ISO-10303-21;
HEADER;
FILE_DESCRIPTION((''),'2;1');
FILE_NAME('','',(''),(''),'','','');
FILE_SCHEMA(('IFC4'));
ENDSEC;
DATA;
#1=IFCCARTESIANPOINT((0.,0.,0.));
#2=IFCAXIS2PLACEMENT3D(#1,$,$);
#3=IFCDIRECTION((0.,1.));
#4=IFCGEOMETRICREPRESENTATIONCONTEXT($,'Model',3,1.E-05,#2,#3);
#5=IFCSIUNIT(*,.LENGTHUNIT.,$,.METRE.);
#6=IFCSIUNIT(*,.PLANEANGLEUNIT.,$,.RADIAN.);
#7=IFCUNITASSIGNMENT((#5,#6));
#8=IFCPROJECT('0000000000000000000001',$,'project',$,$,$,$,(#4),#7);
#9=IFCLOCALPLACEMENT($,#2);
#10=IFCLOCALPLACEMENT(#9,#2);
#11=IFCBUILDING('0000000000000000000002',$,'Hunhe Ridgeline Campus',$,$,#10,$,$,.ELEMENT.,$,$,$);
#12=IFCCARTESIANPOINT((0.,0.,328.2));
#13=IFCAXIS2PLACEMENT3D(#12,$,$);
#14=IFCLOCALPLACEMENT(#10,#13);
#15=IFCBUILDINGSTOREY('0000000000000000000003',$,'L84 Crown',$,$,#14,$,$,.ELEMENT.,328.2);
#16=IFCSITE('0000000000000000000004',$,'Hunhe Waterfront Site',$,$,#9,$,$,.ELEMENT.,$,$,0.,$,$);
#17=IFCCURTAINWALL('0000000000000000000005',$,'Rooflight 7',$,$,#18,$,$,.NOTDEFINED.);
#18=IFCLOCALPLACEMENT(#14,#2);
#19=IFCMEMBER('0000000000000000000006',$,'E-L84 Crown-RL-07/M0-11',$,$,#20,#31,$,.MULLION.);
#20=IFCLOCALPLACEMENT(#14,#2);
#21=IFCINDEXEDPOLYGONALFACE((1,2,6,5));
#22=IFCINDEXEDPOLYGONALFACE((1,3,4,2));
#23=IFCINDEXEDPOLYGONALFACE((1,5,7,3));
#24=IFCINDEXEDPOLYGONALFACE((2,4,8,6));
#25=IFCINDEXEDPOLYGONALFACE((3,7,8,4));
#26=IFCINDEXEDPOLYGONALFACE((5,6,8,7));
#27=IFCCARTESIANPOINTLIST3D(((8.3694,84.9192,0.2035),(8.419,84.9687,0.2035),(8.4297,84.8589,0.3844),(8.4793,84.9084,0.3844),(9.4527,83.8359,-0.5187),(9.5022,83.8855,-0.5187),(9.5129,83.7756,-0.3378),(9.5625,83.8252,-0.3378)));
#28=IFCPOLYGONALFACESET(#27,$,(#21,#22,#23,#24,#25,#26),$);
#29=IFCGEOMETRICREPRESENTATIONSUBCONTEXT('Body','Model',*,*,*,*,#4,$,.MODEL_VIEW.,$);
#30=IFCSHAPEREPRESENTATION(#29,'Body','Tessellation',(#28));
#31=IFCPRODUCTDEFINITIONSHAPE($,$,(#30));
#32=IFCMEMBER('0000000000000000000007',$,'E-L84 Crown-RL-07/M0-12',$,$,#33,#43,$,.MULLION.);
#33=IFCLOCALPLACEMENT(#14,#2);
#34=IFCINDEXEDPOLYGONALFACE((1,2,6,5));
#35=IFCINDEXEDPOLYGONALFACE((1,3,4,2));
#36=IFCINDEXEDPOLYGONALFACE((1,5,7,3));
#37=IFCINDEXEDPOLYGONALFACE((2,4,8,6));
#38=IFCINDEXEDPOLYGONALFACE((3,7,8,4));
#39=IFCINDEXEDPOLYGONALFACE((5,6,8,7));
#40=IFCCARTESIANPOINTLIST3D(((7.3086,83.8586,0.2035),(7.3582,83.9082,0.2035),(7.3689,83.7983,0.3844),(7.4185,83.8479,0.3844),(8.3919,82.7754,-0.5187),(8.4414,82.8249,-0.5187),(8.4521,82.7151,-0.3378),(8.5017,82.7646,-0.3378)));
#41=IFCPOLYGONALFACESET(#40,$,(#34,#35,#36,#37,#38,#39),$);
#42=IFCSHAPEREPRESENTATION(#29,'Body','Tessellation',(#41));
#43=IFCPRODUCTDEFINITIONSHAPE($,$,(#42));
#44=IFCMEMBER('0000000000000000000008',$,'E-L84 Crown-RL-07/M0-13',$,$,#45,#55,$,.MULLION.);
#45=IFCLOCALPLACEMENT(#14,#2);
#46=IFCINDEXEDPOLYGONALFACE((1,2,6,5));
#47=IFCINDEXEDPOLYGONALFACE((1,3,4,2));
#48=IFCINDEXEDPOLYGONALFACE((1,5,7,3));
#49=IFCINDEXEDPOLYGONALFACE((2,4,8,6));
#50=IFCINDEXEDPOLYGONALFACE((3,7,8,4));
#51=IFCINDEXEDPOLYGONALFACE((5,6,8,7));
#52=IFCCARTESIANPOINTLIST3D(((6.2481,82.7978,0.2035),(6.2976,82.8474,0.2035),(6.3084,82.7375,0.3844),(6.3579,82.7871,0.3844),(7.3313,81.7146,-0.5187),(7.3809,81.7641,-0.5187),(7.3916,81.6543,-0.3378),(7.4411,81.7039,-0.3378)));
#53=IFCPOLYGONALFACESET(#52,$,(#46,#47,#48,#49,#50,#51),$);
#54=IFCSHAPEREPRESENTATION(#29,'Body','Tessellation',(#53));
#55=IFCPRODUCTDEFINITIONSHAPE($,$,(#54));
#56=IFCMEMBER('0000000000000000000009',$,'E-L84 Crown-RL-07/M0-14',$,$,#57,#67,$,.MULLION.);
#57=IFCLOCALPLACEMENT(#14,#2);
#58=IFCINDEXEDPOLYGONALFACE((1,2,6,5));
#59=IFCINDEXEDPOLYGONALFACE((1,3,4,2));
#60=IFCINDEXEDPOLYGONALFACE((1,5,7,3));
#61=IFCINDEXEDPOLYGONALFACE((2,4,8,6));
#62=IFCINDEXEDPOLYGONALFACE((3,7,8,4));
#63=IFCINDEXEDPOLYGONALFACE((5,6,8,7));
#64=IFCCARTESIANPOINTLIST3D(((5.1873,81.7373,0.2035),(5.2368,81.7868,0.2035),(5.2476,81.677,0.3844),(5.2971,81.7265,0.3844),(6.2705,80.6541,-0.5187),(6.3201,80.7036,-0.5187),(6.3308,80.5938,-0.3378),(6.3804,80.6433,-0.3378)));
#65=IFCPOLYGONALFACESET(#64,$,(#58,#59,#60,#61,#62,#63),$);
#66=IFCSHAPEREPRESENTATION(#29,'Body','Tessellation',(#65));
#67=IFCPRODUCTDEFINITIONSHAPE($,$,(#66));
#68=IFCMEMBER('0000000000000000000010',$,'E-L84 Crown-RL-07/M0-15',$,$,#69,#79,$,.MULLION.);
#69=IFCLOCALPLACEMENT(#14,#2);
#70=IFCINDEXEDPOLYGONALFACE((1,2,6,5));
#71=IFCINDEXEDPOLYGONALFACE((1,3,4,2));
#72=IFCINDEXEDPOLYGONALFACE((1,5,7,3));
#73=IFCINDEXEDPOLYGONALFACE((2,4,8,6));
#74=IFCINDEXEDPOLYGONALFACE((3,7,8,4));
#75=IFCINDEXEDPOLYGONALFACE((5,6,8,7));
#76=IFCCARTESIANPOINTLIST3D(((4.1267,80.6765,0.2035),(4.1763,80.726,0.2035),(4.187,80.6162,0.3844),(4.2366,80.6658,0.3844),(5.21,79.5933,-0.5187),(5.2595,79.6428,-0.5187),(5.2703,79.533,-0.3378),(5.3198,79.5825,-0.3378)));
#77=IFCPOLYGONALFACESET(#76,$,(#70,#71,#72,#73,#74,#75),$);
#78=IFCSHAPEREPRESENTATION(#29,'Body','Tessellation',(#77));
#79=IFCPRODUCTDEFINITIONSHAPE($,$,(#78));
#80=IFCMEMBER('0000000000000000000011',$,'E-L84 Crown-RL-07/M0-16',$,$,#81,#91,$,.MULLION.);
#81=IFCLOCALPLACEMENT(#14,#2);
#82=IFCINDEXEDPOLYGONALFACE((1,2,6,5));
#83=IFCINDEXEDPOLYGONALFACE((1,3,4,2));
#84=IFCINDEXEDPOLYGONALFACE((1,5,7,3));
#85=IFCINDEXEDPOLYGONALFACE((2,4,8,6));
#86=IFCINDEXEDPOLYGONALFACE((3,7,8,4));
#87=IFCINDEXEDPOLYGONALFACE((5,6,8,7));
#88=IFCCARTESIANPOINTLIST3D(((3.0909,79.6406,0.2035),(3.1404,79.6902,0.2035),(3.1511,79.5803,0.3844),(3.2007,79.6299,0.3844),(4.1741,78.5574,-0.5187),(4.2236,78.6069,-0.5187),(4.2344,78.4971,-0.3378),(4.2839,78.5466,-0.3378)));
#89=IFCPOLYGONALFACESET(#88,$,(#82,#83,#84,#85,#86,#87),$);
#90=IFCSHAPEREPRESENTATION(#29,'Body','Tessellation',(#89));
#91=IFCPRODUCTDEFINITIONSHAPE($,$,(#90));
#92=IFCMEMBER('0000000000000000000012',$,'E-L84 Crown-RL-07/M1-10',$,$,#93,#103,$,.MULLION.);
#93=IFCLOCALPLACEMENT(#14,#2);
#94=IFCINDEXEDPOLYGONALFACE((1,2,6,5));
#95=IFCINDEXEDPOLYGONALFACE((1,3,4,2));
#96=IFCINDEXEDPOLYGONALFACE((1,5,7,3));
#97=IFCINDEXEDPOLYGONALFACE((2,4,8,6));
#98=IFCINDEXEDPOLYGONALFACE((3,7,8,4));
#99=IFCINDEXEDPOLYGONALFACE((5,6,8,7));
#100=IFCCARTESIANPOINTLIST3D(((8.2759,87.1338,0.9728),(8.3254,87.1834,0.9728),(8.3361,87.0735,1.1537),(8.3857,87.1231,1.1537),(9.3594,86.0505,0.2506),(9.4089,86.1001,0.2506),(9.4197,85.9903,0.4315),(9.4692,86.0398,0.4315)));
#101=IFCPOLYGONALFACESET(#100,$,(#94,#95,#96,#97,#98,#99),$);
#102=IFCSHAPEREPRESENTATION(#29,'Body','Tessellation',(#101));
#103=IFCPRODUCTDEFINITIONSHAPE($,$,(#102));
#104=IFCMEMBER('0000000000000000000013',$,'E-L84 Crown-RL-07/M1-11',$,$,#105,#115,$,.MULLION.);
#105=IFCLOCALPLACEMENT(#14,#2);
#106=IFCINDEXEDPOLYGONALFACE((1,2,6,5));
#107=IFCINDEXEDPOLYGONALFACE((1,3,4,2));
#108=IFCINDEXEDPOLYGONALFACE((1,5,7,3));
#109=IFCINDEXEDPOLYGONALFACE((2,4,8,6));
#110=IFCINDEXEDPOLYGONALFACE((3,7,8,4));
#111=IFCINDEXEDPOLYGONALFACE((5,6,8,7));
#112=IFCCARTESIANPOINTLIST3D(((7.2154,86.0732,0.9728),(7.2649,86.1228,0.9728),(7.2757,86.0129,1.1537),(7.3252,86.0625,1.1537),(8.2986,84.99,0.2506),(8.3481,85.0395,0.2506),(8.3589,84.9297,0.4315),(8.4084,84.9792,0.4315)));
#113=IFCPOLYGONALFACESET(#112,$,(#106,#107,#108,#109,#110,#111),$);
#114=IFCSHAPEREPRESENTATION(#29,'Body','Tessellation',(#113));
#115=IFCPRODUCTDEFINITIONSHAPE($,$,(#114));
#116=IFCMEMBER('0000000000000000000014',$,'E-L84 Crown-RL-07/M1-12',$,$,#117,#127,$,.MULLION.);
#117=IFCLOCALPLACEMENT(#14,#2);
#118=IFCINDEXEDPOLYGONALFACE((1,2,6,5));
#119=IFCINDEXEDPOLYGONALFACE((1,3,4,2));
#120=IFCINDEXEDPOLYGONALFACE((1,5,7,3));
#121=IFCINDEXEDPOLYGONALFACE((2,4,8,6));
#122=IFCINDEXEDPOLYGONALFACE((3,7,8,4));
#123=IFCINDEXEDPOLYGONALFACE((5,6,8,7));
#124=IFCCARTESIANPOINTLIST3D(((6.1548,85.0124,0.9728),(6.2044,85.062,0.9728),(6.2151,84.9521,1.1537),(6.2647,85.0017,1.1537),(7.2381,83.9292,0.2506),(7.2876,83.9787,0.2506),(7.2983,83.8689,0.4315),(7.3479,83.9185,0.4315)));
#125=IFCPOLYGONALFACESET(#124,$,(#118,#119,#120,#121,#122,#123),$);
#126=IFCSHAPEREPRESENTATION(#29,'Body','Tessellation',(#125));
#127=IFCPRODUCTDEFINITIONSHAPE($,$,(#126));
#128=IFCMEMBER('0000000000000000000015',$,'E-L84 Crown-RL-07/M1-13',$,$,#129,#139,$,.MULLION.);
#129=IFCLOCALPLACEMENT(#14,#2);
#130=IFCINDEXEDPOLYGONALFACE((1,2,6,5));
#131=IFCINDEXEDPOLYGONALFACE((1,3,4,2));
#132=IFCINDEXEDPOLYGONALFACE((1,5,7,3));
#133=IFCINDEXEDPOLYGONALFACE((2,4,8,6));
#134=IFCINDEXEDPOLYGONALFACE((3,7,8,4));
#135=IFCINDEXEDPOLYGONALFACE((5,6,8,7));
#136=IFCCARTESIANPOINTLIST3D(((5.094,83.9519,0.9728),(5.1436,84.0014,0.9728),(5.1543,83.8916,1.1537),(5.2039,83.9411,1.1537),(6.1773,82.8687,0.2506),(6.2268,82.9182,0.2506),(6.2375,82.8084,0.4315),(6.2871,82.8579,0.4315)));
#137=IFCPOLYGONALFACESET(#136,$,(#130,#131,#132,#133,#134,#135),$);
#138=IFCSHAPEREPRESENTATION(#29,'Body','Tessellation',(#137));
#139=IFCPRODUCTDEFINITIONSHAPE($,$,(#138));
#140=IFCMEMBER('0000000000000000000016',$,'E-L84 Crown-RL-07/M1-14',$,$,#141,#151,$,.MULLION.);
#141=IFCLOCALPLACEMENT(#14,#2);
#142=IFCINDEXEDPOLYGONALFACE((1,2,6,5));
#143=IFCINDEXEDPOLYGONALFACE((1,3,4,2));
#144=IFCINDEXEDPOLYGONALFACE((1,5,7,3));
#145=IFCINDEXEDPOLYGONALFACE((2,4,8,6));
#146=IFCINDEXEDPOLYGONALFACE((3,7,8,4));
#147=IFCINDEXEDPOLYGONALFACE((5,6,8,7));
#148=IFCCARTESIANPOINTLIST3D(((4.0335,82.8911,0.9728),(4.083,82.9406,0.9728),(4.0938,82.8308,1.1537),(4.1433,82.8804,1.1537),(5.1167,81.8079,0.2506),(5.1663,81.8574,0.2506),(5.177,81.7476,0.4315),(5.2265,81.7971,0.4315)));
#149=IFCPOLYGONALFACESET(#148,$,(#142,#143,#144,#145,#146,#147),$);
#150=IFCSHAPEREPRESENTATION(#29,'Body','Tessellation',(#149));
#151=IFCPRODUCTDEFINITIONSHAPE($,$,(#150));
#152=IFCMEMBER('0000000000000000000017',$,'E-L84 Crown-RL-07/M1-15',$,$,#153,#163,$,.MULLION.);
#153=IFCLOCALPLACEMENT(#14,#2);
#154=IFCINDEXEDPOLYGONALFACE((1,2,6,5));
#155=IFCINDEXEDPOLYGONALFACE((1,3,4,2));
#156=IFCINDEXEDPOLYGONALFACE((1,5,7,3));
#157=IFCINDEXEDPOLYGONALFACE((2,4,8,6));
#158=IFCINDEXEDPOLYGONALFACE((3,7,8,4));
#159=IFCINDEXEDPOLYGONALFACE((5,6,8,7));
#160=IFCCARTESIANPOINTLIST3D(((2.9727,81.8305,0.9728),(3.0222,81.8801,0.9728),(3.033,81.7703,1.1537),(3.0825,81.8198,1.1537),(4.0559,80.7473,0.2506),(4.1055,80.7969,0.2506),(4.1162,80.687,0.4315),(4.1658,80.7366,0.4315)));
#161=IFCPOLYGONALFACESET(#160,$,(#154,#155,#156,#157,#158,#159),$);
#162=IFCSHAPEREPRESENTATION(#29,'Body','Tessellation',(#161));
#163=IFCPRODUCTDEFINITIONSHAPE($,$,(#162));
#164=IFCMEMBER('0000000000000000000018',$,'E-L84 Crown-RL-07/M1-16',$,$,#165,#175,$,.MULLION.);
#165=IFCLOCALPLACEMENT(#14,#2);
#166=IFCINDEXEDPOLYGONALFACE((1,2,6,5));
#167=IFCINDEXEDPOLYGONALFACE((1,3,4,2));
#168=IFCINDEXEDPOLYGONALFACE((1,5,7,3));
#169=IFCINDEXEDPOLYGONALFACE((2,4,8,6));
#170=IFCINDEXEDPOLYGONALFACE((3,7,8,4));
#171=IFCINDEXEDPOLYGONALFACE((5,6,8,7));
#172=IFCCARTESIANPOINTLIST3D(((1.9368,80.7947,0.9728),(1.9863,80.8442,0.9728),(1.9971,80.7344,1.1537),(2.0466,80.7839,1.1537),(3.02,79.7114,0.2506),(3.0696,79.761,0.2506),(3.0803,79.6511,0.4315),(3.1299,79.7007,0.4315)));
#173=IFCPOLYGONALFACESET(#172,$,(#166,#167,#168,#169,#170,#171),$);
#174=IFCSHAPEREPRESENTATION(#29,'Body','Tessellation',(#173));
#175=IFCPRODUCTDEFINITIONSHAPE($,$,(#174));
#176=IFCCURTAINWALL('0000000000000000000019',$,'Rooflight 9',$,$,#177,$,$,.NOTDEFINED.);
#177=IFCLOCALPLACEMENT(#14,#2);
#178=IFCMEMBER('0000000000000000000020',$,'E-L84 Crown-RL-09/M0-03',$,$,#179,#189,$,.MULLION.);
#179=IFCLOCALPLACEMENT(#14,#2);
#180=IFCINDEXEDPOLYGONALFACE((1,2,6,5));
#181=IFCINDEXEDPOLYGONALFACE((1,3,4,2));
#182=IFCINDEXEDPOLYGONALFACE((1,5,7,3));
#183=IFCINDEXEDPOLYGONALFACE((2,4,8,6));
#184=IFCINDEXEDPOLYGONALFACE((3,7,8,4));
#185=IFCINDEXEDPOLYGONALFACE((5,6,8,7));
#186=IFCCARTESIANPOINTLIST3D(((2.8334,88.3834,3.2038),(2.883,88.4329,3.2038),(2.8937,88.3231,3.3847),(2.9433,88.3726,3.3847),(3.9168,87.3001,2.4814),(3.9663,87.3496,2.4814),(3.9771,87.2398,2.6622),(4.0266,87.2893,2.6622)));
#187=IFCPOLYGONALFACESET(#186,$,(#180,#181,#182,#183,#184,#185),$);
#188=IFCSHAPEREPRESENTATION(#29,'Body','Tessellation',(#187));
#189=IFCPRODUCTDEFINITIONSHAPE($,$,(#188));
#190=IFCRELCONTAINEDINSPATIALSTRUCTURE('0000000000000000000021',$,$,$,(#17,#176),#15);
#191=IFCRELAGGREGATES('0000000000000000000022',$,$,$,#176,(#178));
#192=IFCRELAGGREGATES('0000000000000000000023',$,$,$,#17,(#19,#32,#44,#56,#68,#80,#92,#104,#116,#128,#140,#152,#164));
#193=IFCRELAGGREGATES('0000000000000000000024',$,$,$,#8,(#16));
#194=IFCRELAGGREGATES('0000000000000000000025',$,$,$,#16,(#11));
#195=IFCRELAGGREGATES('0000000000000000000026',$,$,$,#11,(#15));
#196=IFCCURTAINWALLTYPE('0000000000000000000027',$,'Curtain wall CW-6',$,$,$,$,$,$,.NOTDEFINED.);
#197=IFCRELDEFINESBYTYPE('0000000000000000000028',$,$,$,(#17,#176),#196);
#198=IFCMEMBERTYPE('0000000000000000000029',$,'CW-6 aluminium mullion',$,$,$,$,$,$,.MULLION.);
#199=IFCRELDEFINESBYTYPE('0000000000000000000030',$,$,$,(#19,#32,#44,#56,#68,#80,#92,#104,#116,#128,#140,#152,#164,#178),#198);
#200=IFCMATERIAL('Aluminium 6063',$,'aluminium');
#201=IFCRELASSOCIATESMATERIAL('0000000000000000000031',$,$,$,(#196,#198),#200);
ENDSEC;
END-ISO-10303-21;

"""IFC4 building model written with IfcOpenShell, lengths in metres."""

from ifc_helpers import new_model, si_unit, direction, frame, origin, origin_2d, place, context, subcontext, project, spatial, rectangle, extrude, material, material_profile, profile_set, type_object, element, aggregate, save


model = new_model("IFC4")

# Units and contexts
model_context = context("Model", 3, precision=1e-05, world=origin(), true_north=direction((0.0, 1.0)))
body_context = subcontext(model_context, "Body", "Model", "MODEL_VIEW")
ifc_project = project(units=[si_unit("LENGTHUNIT", "METRE"), si_unit("PLANEANGLEUNIT", "RADIAN")], contexts=[model_context])

# Site, building, storey
site_placement = place(None, origin())
site = spatial("IfcSite", under=ifc_project, at=site_placement, Name="Hunhe Waterfront Site", CompositionType="ELEMENT", RefElevation=0.0)
building_placement = place(site_placement, origin())
building = spatial("IfcBuilding", under=site, at=building_placement, Name="Hunhe Ridgeline Campus", CompositionType="ELEMENT")
storey_placement = place(building_placement, frame((0.0, 0.0, 328.2)))
storey = spatial("IfcBuildingStorey", under=building, at=storey_placement, Name="L84 Crown", CompositionType="ELEMENT", Elevation=328.2)

# Curtain wall, members
ifc_material_1 = material(Name="Aluminium 6063", Category="aluminium")
curtain_wall_type = type_object("IfcCurtainWallType", Name="Curtain wall CW-6", PredefinedType="NOTDEFINED", material=ifc_material_1)
curtain_wall_1_placement = place(storey_placement, origin())
curtain_wall_1 = element("IfcCurtainWall", 1, at=curtain_wall_1_placement, inside=storey, type_object=curtain_wall_type, Name="Rooflight 7", PredefinedType="NOTDEFINED")
ifc_material_profile = material_profile(ifc_material_1, rectangle(XDim=0.0701, YDim=0.2, at=origin_2d()))
ifc_profile_set = profile_set([ifc_material_profile], Name="Aluminium 6063")
member_type = type_object("IfcMemberType", Name="CW-6 aluminium mullion", PredefinedType="MULLION", material=ifc_profile_set)
member_1_placement = place(storey_placement, frame((9.5076, 83.8306, -0.4282), z_axis=(-0.639602, 0.639602, 0.426401), x_axis=(-0.707107, -0.707107, 0.0)))
member_1 = element("IfcMember", 2, at=member_1_placement, type_object=member_type, Name="E-L84 Crown-RL-07/M0-11", PredefinedType="MULLION", context=body_context, shape_type="SweptSolid", body=[
    extrude(rectangle(XDim=0.0701, YDim=0.2, at=origin_2d()), origin(), (0.0, 0.0, 1.0), 1.6936),
])
member_2_placement = place(storey_placement, frame((8.4468, 82.77, -0.4282), z_axis=(-0.639602, 0.639602, 0.426401), x_axis=(-0.707107, -0.707107, 0.0)))
member_2 = element("IfcMember", 3, at=member_2_placement, type_object=member_type, Name="E-L84 Crown-RL-07/M0-12", PredefinedType="MULLION", context=body_context, shape_type="SweptSolid", body=[
    extrude(rectangle(XDim=0.0701, YDim=0.2, at=origin_2d()), origin(), (0.0, 0.0, 1.0), 1.6936),
])
member_3_placement = place(storey_placement, frame((7.3862, 81.7092, -0.4282), z_axis=(-0.639602, 0.639602, 0.426401), x_axis=(-0.707107, -0.707107, 0.0)))
member_3 = element("IfcMember", 4, at=member_3_placement, type_object=member_type, Name="E-L84 Crown-RL-07/M0-13", PredefinedType="MULLION", context=body_context, shape_type="SweptSolid", body=[
    extrude(rectangle(XDim=0.0701, YDim=0.2, at=origin_2d()), origin(), (0.0, 0.0, 1.0), 1.6936),
])
member_4_placement = place(storey_placement, frame((6.3254, 80.6487, -0.4282), z_axis=(-0.639602, 0.639602, 0.426401), x_axis=(-0.707107, -0.707107, 0.0)))
member_4 = element("IfcMember", 5, at=member_4_placement, type_object=member_type, Name="E-L84 Crown-RL-07/M0-14", PredefinedType="MULLION", context=body_context, shape_type="SweptSolid", body=[
    extrude(rectangle(XDim=0.0701, YDim=0.2, at=origin_2d()), origin(), (0.0, 0.0, 1.0), 1.6936),
])
member_5_placement = place(storey_placement, frame((5.2649, 79.5879, -0.4282), z_axis=(-0.639602, 0.639602, 0.426401), x_axis=(-0.707107, -0.707107, 0.0)))
member_5 = element("IfcMember", 6, at=member_5_placement, type_object=member_type, Name="E-L84 Crown-RL-07/M0-15", PredefinedType="MULLION", context=body_context, shape_type="SweptSolid", body=[
    extrude(rectangle(XDim=0.0701, YDim=0.2, at=origin_2d()), origin(), (0.0, 0.0, 1.0), 1.6936),
])
member_6_placement = place(storey_placement, frame((4.229, 78.552, -0.4282), z_axis=(-0.639602, 0.639602, 0.426401), x_axis=(-0.707107, -0.707107, 0.0)))
member_6 = element("IfcMember", 7, at=member_6_placement, type_object=member_type, Name="E-L84 Crown-RL-07/M0-16", PredefinedType="MULLION", context=body_context, shape_type="SweptSolid", body=[
    extrude(rectangle(XDim=0.0701, YDim=0.2, at=origin_2d()), origin(), (0.0, 0.0, 1.0), 1.6936),
])
member_7_placement = place(storey_placement, frame((9.4143, 86.0452, 0.3411), z_axis=(-0.639687, 0.639543, 0.426362), x_axis=(-0.707027, -0.707186, 0.0)))
member_7 = element("IfcMember", 8, at=member_7_placement, type_object=member_type, Name="E-L84 Crown-RL-07/M1-10", PredefinedType="MULLION", context=body_context, shape_type="SweptSolid", body=[
    extrude(rectangle(XDim=0.0701, YDim=0.2, at=origin_2d()), origin(), (0.0, 0.0, 1.0), 1.6938),
])
member_8_placement = place(storey_placement, frame((8.3535, 84.9846, 0.3411), z_axis=(-0.639602, 0.639602, 0.426401), x_axis=(-0.707107, -0.707107, 0.0)))
member_8 = element("IfcMember", 9, at=member_8_placement, type_object=member_type, Name="E-L84 Crown-RL-07/M1-11", PredefinedType="MULLION", context=body_context, shape_type="SweptSolid", body=[
    extrude(rectangle(XDim=0.0701, YDim=0.2, at=origin_2d()), origin(), (0.0, 0.0, 1.0), 1.6936),
])
member_9_placement = place(storey_placement, frame((7.293, 83.9238, 0.3411), z_axis=(-0.639602, 0.639602, 0.426401), x_axis=(-0.707107, -0.707107, 0.0)))
member_9 = element("IfcMember", 10, at=member_9_placement, type_object=member_type, Name="E-L84 Crown-RL-07/M1-12", PredefinedType="MULLION", context=body_context, shape_type="SweptSolid", body=[
    extrude(rectangle(XDim=0.0701, YDim=0.2, at=origin_2d()), origin(), (0.0, 0.0, 1.0), 1.6936),
])
member_10_placement = place(storey_placement, frame((6.2322, 82.8633, 0.3411), z_axis=(-0.639602, 0.639602, 0.426401), x_axis=(-0.707107, -0.707107, 0.0)))
member_10 = element("IfcMember", 11, at=member_10_placement, type_object=member_type, Name="E-L84 Crown-RL-07/M1-13", PredefinedType="MULLION", context=body_context, shape_type="SweptSolid", body=[
    extrude(rectangle(XDim=0.0701, YDim=0.2, at=origin_2d()), origin(), (0.0, 0.0, 1.0), 1.6936),
])
member_11_placement = place(storey_placement, frame((5.1716, 81.8025, 0.3411), z_axis=(-0.639602, 0.639602, 0.426401), x_axis=(-0.707107, -0.707107, 0.0)))
member_11 = element("IfcMember", 12, at=member_11_placement, type_object=member_type, Name="E-L84 Crown-RL-07/M1-14", PredefinedType="MULLION", context=body_context, shape_type="SweptSolid", body=[
    extrude(rectangle(XDim=0.0701, YDim=0.2, at=origin_2d()), origin(), (0.0, 0.0, 1.0), 1.6936),
])
member_12_placement = place(storey_placement, frame((4.1108, 80.7419, 0.3411), z_axis=(-0.639602, 0.639602, 0.426401), x_axis=(-0.707107, -0.707107, 0.0)))
member_12 = element("IfcMember", 13, at=member_12_placement, type_object=member_type, Name="E-L84 Crown-RL-07/M1-15", PredefinedType="MULLION", context=body_context, shape_type="SweptSolid", body=[
    extrude(rectangle(XDim=0.0701, YDim=0.2, at=origin_2d()), origin(), (0.0, 0.0, 1.0), 1.6936),
])
member_13_placement = place(storey_placement, frame((3.075, 79.7061, 0.3411), z_axis=(-0.639602, 0.639602, 0.426401), x_axis=(-0.707107, -0.707107, 0.0)))
member_13 = element("IfcMember", 14, at=member_13_placement, type_object=member_type, Name="E-L84 Crown-RL-07/M1-16", PredefinedType="MULLION", context=body_context, shape_type="SweptSolid", body=[
    extrude(rectangle(XDim=0.0701, YDim=0.2, at=origin_2d()), origin(), (0.0, 0.0, 1.0), 1.6936),
])

# Curtain wall, member
curtain_wall_2_placement = place(storey_placement, origin())
curtain_wall_2 = element("IfcCurtainWall", 15, at=curtain_wall_2_placement, inside=storey, type_object=curtain_wall_type, Name="Rooflight 9", PredefinedType="NOTDEFINED")
member_14_placement = place(storey_placement, frame((3.9717, 87.2947, 2.5718), z_axis=(-0.639563, 0.639563, 0.426519), x_axis=(-0.707107, -0.707107, 0.0)))
member_14 = element("IfcMember", 16, at=member_14_placement, type_object=member_type, Name="E-L84 Crown-RL-09/M0-03", PredefinedType="MULLION", context=body_context, shape_type="SweptSolid", body=[
    extrude(rectangle(XDim=0.0701, YDim=0.2, at=origin_2d()), origin(), (0.0, 0.0, 1.0), 1.6938),
])
aggregate(curtain_wall_2, [member_14])

aggregate(curtain_wall_1, [member_1, member_2, member_3, member_4, member_5, member_6, member_7, member_8, member_9, member_10, member_11, member_12, member_13])

save(model, "model.ifc")
